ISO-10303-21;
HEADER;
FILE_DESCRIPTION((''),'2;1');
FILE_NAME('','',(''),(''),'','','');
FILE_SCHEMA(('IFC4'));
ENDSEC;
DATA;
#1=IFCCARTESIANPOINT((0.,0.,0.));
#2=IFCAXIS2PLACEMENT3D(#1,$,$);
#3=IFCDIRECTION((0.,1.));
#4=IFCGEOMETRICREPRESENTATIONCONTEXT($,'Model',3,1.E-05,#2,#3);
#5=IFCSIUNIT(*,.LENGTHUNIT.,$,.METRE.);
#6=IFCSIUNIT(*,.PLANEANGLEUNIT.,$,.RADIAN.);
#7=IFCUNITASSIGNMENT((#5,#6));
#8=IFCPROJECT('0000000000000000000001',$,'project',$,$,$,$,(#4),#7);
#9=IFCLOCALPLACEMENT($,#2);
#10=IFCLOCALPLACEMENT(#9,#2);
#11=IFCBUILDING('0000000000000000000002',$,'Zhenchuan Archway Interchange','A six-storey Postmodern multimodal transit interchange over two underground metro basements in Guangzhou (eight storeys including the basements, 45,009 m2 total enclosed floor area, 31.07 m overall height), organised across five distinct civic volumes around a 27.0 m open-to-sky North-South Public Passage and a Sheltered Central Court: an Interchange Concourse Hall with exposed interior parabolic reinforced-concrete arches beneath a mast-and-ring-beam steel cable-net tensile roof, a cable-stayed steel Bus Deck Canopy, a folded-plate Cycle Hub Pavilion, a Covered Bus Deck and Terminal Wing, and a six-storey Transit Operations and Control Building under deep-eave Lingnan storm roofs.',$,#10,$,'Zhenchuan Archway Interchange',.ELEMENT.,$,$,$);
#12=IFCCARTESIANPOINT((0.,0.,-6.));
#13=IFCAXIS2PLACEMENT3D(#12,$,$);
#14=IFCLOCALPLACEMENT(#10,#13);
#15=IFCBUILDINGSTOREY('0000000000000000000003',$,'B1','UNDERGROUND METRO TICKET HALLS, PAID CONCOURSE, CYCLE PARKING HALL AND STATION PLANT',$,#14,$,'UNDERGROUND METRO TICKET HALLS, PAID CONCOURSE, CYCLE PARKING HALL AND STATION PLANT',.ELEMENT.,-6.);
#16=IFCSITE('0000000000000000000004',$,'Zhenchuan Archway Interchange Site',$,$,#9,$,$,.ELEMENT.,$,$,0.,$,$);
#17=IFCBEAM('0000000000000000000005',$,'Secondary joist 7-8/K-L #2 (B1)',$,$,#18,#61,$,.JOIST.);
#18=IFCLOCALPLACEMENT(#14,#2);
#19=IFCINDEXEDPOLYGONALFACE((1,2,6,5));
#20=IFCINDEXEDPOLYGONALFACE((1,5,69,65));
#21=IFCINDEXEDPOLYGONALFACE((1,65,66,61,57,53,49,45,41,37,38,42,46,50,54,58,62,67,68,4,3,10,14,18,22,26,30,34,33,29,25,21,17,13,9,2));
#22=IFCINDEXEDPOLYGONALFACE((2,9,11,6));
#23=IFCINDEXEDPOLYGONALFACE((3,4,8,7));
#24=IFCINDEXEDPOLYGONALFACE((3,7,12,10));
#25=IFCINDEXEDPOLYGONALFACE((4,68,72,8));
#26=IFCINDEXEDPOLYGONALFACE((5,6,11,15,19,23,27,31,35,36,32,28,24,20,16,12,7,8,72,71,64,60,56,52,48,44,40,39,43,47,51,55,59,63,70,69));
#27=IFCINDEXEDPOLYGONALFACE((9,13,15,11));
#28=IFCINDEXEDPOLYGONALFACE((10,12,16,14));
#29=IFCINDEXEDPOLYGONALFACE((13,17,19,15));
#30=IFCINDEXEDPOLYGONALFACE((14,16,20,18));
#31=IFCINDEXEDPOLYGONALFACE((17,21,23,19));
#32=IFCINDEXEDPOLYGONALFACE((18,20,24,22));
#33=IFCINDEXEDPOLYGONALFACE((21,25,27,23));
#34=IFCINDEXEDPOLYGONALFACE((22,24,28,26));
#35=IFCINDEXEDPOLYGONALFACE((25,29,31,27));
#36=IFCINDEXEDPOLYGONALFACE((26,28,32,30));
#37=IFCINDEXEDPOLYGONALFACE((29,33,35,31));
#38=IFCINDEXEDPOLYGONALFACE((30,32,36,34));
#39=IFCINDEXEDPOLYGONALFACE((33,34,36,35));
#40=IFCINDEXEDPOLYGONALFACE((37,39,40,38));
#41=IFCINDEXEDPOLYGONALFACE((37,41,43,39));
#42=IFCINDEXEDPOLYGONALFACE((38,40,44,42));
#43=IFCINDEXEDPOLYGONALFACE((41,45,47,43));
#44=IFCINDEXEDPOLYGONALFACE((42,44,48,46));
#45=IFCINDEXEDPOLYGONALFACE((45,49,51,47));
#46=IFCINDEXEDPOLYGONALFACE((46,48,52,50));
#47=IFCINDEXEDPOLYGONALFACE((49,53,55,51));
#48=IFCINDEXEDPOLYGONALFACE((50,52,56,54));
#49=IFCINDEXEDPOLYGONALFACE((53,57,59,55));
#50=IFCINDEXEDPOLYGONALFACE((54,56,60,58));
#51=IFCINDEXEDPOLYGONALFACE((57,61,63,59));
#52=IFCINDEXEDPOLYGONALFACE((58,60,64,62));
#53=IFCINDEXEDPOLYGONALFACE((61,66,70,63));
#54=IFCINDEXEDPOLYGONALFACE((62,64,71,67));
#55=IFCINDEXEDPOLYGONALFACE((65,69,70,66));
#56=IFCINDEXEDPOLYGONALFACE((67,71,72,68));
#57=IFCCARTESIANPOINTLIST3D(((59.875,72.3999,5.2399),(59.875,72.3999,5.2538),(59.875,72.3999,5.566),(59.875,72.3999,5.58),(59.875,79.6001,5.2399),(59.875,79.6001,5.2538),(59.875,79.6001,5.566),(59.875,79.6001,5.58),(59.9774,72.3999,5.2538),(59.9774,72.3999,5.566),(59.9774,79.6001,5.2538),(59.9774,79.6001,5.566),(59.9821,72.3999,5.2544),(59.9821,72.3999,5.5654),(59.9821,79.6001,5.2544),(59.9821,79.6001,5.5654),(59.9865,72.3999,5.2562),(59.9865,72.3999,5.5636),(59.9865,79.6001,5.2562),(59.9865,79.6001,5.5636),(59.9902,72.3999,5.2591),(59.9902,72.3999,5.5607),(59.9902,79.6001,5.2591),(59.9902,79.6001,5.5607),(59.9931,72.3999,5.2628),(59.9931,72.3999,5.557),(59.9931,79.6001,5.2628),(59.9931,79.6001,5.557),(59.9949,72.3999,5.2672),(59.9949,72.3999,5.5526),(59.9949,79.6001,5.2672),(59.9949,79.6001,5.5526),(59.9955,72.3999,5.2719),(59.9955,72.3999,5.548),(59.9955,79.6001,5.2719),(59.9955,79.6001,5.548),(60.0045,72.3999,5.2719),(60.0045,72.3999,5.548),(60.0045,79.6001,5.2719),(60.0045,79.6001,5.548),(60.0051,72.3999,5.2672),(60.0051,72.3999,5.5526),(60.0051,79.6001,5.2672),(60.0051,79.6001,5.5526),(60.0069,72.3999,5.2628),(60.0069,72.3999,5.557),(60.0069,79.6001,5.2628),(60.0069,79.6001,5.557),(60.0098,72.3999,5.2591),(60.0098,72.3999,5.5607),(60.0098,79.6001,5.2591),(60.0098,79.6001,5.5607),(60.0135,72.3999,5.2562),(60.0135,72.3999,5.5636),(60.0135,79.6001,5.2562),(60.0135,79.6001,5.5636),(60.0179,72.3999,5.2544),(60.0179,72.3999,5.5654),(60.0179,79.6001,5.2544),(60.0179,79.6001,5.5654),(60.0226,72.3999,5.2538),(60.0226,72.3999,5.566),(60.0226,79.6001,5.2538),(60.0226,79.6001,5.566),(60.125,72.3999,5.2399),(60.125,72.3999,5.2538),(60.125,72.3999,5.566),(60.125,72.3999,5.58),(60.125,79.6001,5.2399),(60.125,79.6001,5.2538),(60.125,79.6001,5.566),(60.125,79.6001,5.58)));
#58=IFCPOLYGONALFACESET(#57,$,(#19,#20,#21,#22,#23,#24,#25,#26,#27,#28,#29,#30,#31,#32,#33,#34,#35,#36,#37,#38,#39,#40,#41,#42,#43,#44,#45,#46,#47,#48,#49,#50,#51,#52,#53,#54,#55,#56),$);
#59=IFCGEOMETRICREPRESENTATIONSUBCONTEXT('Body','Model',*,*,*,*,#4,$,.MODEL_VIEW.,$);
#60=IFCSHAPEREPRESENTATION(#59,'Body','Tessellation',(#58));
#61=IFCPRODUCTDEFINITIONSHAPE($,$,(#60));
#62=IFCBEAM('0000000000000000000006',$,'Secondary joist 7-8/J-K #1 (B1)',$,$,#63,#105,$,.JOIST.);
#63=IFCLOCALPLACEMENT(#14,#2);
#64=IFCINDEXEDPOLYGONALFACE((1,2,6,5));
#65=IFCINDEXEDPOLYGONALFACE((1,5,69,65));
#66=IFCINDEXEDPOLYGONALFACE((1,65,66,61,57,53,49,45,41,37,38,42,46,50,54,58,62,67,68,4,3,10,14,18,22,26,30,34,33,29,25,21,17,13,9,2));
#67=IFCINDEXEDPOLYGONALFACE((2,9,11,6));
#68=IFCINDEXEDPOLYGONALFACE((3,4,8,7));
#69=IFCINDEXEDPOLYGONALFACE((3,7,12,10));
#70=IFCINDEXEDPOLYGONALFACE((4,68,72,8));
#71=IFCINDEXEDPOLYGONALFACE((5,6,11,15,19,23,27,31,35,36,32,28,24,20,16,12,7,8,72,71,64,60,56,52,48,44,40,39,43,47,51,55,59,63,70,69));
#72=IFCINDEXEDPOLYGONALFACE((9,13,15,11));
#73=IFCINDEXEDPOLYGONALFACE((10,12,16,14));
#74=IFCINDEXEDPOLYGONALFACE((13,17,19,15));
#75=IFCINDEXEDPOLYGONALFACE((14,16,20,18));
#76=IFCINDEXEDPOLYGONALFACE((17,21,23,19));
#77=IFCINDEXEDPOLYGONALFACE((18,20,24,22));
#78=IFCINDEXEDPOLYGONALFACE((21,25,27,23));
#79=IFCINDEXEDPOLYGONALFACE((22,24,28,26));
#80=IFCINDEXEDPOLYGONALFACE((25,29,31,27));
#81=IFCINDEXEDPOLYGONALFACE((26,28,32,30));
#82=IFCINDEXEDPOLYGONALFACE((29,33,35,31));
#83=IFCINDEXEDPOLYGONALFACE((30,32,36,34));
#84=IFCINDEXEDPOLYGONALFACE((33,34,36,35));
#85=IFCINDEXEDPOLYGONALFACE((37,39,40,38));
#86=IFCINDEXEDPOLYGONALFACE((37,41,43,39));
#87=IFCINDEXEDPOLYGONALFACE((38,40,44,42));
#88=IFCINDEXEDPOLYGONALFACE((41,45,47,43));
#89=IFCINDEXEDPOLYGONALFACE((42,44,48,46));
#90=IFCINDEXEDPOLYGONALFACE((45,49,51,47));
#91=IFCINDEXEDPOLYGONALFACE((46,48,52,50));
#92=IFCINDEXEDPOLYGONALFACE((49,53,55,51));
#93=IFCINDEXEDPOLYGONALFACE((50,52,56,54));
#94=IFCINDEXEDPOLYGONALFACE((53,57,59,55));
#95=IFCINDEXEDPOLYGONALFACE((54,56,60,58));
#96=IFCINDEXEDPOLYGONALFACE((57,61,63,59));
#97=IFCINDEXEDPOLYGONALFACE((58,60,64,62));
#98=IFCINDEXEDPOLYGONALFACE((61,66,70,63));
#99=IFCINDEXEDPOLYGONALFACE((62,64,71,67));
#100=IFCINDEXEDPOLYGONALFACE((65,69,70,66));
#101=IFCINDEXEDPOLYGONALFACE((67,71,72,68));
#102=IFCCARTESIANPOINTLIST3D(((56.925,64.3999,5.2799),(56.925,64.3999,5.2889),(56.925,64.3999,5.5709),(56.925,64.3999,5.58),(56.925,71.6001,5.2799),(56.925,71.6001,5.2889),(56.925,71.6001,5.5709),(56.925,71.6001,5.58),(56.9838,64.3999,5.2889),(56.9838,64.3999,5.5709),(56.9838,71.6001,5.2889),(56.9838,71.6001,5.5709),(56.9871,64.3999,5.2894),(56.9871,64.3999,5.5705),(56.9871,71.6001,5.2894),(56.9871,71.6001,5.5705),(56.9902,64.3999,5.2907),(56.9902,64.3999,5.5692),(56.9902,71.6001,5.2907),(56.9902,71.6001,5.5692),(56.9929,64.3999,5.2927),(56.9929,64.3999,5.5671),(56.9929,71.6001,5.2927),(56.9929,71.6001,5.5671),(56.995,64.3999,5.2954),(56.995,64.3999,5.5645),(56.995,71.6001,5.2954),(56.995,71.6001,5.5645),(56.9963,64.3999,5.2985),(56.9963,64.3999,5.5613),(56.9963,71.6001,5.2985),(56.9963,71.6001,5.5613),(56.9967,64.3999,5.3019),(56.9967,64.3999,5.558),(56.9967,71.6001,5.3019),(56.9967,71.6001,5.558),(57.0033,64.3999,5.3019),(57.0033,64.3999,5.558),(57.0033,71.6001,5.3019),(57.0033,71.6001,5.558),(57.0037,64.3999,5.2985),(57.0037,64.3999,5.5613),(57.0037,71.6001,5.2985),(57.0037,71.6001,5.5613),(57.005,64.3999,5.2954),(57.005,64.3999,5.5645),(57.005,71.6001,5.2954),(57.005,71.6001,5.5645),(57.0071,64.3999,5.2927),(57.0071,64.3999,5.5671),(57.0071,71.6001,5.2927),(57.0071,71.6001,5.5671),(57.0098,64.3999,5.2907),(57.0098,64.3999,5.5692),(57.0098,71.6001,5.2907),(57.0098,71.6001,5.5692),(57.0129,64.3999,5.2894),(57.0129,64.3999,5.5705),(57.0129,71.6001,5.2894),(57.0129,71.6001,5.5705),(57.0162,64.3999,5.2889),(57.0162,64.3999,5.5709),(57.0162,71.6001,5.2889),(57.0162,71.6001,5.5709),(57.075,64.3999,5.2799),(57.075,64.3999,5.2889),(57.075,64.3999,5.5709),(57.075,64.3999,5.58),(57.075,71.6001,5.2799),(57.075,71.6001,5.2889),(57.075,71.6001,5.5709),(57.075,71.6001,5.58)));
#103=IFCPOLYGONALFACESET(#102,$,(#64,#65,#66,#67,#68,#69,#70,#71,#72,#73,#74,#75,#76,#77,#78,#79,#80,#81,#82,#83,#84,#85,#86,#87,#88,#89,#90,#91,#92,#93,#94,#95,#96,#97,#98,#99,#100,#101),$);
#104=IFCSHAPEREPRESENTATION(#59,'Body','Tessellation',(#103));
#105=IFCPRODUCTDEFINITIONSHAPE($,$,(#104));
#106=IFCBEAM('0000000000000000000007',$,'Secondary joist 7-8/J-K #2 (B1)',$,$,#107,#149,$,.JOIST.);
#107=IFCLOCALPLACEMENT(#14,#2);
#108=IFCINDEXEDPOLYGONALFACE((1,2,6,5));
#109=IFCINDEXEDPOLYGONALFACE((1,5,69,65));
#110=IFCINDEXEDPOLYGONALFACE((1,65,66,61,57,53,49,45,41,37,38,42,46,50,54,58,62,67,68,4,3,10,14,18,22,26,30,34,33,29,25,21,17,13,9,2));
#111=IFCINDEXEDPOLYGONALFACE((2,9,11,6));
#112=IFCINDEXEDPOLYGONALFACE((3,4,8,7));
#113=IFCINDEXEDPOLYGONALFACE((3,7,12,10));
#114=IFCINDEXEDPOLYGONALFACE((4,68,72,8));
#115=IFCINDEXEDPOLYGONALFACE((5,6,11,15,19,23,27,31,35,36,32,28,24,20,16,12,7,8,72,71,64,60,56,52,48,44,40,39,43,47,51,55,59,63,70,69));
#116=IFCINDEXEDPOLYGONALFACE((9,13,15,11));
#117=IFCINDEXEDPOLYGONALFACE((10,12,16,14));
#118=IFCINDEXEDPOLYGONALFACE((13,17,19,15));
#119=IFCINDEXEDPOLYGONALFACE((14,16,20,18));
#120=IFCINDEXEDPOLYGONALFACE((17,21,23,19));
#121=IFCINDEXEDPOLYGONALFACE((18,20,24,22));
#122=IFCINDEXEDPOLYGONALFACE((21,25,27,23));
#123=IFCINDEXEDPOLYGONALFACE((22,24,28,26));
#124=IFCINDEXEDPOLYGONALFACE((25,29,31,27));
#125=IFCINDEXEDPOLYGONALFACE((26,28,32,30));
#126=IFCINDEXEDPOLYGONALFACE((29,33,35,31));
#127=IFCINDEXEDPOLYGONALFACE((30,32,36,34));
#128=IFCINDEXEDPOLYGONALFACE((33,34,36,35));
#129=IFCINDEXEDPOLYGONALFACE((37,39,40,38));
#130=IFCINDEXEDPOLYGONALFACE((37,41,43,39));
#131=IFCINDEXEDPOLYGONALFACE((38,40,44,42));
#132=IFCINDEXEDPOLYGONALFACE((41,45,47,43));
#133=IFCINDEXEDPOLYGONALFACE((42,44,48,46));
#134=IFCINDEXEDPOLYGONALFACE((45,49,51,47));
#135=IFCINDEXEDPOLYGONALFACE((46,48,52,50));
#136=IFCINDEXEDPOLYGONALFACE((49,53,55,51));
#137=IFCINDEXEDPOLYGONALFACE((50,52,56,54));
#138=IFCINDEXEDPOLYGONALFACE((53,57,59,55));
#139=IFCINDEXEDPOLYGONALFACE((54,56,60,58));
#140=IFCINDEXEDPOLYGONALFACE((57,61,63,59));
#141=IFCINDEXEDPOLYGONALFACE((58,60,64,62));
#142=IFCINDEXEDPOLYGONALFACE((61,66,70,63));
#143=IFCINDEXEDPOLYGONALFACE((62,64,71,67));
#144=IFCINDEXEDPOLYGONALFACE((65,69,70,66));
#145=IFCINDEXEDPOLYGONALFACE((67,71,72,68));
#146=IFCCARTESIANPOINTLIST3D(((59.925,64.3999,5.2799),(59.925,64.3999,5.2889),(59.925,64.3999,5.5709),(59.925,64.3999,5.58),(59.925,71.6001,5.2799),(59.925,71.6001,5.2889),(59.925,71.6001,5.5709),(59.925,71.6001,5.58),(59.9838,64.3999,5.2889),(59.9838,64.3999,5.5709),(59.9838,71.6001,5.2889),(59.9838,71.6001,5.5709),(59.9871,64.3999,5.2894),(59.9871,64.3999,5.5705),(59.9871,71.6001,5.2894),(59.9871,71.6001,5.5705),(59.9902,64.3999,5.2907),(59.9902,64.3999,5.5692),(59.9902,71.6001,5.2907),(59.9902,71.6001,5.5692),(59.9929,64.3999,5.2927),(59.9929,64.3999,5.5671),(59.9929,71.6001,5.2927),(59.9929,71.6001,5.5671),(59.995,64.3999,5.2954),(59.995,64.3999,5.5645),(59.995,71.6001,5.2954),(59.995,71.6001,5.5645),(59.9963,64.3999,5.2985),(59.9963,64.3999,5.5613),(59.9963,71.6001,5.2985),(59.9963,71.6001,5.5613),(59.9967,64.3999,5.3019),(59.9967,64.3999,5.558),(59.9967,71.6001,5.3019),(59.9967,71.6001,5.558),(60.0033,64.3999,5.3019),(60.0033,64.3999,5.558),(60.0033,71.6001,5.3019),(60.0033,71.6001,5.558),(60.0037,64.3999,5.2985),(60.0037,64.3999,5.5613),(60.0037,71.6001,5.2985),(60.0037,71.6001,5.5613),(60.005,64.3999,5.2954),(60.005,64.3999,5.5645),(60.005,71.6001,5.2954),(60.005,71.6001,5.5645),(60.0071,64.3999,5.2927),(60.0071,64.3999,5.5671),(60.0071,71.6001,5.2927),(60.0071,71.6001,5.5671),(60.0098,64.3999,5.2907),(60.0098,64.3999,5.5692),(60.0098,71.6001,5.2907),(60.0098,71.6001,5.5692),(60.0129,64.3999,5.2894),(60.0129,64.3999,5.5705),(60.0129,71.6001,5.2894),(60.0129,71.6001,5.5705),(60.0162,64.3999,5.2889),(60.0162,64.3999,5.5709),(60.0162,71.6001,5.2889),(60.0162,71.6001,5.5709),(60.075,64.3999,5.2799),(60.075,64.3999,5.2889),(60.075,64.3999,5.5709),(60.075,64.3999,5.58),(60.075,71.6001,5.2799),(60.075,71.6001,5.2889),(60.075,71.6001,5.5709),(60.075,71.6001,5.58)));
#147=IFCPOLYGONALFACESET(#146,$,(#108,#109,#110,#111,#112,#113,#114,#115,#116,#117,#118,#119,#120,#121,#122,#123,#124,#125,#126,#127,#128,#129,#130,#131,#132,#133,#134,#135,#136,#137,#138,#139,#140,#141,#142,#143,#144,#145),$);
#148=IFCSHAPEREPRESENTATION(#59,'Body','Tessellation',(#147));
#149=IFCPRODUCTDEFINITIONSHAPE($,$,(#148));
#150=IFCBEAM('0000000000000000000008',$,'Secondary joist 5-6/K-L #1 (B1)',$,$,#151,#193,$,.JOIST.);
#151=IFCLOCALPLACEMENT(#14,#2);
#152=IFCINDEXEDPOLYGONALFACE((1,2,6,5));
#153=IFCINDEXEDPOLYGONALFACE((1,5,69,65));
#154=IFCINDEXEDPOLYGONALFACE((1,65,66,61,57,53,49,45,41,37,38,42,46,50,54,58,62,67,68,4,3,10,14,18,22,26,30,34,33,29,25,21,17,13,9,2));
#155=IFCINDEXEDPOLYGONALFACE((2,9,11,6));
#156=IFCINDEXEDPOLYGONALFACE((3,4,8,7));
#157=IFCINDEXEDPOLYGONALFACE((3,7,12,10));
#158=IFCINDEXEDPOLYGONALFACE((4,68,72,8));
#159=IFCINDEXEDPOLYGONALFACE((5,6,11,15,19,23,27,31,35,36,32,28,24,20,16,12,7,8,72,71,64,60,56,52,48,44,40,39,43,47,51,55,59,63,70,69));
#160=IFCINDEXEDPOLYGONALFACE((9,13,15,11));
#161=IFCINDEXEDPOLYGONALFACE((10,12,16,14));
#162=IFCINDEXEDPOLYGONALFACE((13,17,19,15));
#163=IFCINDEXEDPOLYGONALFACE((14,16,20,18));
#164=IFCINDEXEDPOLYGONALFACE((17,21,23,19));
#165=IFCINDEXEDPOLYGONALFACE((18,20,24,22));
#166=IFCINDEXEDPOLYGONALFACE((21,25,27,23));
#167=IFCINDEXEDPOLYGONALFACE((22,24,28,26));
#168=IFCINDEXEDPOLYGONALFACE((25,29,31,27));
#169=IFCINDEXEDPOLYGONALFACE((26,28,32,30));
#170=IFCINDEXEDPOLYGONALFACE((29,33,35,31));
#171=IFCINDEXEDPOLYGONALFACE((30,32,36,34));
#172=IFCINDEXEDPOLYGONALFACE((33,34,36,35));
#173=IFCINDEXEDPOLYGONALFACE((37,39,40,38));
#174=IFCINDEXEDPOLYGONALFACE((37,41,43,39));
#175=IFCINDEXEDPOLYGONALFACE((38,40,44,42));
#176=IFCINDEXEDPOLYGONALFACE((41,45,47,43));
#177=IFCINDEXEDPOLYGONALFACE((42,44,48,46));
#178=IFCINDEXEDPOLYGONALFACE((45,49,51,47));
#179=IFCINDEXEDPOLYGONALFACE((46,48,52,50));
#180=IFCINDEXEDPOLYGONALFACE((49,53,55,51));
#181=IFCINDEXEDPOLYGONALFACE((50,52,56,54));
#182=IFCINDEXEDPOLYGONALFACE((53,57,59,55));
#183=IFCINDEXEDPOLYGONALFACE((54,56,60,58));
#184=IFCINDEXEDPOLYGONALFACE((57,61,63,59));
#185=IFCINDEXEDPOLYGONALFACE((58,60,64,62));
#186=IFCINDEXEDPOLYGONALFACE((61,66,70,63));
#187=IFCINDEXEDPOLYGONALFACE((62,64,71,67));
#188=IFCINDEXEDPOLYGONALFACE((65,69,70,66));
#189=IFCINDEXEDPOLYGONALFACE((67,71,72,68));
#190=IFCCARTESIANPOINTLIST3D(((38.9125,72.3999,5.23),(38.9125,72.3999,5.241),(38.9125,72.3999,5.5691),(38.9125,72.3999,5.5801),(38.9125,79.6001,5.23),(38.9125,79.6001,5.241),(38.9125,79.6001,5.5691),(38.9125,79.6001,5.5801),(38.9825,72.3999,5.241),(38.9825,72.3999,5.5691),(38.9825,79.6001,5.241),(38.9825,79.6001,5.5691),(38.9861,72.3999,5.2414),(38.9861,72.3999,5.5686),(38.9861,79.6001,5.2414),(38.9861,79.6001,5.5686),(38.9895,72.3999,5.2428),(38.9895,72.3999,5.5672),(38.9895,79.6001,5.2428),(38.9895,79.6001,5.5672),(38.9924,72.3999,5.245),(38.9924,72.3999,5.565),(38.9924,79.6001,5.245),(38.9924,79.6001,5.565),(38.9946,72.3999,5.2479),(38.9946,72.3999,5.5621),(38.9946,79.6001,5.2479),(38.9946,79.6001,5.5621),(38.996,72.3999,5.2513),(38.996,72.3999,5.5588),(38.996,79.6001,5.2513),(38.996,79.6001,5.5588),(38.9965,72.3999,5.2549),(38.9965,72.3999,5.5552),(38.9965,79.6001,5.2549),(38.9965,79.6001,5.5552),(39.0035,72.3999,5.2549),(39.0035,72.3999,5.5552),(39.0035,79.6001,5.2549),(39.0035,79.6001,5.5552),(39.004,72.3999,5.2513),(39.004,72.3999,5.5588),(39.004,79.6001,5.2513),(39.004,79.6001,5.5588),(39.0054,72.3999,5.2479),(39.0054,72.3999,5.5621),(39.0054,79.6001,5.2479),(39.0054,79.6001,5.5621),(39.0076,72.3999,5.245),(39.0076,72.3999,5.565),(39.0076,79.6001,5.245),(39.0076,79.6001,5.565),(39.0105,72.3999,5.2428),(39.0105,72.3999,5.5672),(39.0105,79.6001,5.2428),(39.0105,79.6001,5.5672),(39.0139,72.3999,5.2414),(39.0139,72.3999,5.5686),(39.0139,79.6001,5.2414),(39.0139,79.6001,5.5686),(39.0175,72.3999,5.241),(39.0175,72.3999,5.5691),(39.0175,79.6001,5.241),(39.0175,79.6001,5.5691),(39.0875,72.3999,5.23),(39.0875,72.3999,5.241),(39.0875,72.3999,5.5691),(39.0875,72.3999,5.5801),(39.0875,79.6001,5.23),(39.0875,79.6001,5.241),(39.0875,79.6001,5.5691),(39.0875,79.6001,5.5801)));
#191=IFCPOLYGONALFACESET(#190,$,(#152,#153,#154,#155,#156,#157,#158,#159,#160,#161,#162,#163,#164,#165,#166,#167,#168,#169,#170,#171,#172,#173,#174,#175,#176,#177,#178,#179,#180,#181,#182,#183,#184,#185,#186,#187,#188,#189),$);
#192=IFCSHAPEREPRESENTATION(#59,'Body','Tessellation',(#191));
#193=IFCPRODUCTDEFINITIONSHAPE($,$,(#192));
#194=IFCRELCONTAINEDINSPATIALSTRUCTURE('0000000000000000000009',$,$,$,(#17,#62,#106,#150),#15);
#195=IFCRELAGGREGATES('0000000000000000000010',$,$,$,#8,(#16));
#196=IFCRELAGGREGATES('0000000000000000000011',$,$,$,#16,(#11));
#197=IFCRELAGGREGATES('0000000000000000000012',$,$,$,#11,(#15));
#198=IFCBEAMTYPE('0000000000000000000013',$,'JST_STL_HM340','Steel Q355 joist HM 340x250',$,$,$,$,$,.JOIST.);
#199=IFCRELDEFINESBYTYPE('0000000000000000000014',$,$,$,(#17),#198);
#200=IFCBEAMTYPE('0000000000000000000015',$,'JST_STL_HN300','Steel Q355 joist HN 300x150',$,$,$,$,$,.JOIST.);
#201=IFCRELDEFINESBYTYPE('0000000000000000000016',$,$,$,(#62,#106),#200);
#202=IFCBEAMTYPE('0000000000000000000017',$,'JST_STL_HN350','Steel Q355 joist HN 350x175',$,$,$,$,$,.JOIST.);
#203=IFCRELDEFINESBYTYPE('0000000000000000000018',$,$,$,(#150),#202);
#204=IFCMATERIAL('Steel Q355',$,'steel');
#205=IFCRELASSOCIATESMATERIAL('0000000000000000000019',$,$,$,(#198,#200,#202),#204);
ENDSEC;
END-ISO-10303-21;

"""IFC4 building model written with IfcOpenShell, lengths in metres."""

from ifc_helpers import new_model, si_unit, direction, frame, origin, origin_2d, place, context, subcontext, project, spatial, i_section, extrude, material, material_profile, profile_set, type_object, element, save


model = new_model("IFC4")

# Units and contexts
model_context = context("Model", 3, precision=1e-05, world=origin(), true_north=direction((0.0, 1.0)))
body_context = subcontext(model_context, "Body", "Model", "MODEL_VIEW")
ifc_project = project(units=[si_unit("LENGTHUNIT", "METRE"), si_unit("PLANEANGLEUNIT", "RADIAN")], contexts=[model_context])

# Site, building, storey
site_placement = place(None, origin())
site = spatial("IfcSite", under=ifc_project, at=site_placement, Name="Zhenchuan Archway Interchange Site", CompositionType="ELEMENT", RefElevation=0.0)
building_placement = place(site_placement, origin())
building = spatial("IfcBuilding", under=site, at=building_placement, Name="Zhenchuan Archway Interchange", Description="A six-storey Postmodern multimodal transit interchange over two underground metro basements in Guangzhou (eight storeys including the basements, 45,009 m2 total enclosed floor area, 31.07 m overall height), organised across five distinct civic volumes around a 27.0 m open-to-sky North-South Public Passage and a Sheltered Central Court: an Interchange Concourse Hall with exposed interior parabolic reinforced-concrete arches beneath a mast-and-ring-beam steel cable-net tensile roof, a cable-stayed steel Bus Deck Canopy, a folded-plate Cycle Hub Pavilion, a Covered Bus Deck and Terminal Wing, and a six-storey Transit Operations and Control Building under deep-eave Lingnan storm roofs.", LongName="Zhenchuan Archway Interchange", CompositionType="ELEMENT")
storey_placement = place(building_placement, frame((0.0, 0.0, -6.0)))
storey = spatial("IfcBuildingStorey", under=building, at=storey_placement, Name="B1", Description="UNDERGROUND METRO TICKET HALLS, PAID CONCOURSE, CYCLE PARKING HALL AND STATION PLANT", LongName="UNDERGROUND METRO TICKET HALLS, PAID CONCOURSE, CYCLE PARKING HALL AND STATION PLANT", CompositionType="ELEMENT", Elevation=-6.0)

# Beams
ifc_material_1 = material(Name="Steel Q355", Category="steel")
ifc_material_profile_1 = material_profile(ifc_material_1, i_section(OverallWidth=0.25, OverallDepth=0.3401, WebThickness=0.009, FlangeThickness=0.0139, FilletRadius=0.0181, at=origin_2d()), Name="HM 340x250")
ifc_profile_set_1 = profile_set([ifc_material_profile_1], Name="Steel Q355")
beam_type_1 = type_object("IfcBeamType", Name="JST_STL_HM340", Description="Steel Q355 joist HM 340x250", PredefinedType="JOIST", material=ifc_profile_set_1)
beam_1_placement = place(storey_placement, frame((60.0, 72.3999, 5.4099), z_axis=(0.0, 1.0, 0.0), x_axis=(-1.0, 0.0, 0.0)))
element("IfcBeam", 1, at=beam_1_placement, inside=storey, type_object=beam_type_1, Name="Secondary joist 7-8/K-L #2 (B1)", PredefinedType="JOIST", context=body_context, shape_type="SweptSolid", body=[
    extrude(i_section(OverallWidth=0.25, OverallDepth=0.3401, WebThickness=0.009, FlangeThickness=0.0139, FilletRadius=0.0181, at=origin_2d()), origin(), (0.0, 0.0, 1.0), 7.2002),
])
ifc_material_profile_2 = material_profile(ifc_material_1, i_section(OverallWidth=0.1499, OverallDepth=0.3, WebThickness=0.0066, FlangeThickness=0.009, FilletRadius=0.0129, at=origin_2d()), Name="HN 300x150")
ifc_profile_set_2 = profile_set([ifc_material_profile_2], Name="Steel Q355")
beam_type_2 = type_object("IfcBeamType", Name="JST_STL_HN300", Description="Steel Q355 joist HN 300x150", PredefinedType="JOIST", material=ifc_profile_set_2)
for number, where, z_axis, x_axis, name in (
    (2, (57.0, 64.3999, 5.4299), (0.0, 1.0, 0.0), (-1.0, 0.0, 0.0), "Secondary joist 7-8/J-K #1 (B1)"),
    (3, (60.0, 64.3999, 5.4299), (0.0, 1.0, 0.0), (-1.0, 0.0, 0.0), "Secondary joist 7-8/J-K #2 (B1)"),
):
    element("IfcBeam", number, at=place(storey_placement, frame(where, z_axis=z_axis, x_axis=x_axis)), inside=storey, type_object=beam_type_2, Name=name, PredefinedType="JOIST", context=body_context, shape_type="SweptSolid", body=[
        extrude(i_section(OverallWidth=0.1499, OverallDepth=0.3, WebThickness=0.0066, FlangeThickness=0.009, FilletRadius=0.0129, at=origin_2d()), origin(), (0.0, 0.0, 1.0), 7.2002),
    ])
ifc_material_profile_3 = material_profile(ifc_material_1, i_section(OverallWidth=0.175, OverallDepth=0.3501, WebThickness=0.0071, FlangeThickness=0.011, FilletRadius=0.0139, at=origin_2d()), Name="HN 350x175")
ifc_profile_set_3 = profile_set([ifc_material_profile_3], Name="Steel Q355")
beam_type_3 = type_object("IfcBeamType", Name="JST_STL_HN350", Description="Steel Q355 joist HN 350x175", PredefinedType="JOIST", material=ifc_profile_set_3)
for number, where, z_axis, x_axis, name in (
    (4, (39.0, 72.3999, 5.405), (0.0, 1.0, 0.0), (-1.0, 0.0, 0.0), "Secondary joist 5-6/K-L #1 (B1)"),
):
    element("IfcBeam", number, at=place(storey_placement, frame(where, z_axis=z_axis, x_axis=x_axis)), inside=storey, type_object=beam_type_3, Name=name, PredefinedType="JOIST", context=body_context, shape_type="SweptSolid", body=[
        extrude(i_section(OverallWidth=0.175, OverallDepth=0.3501, WebThickness=0.0071, FlangeThickness=0.011, FilletRadius=0.0139, at=origin_2d()), origin(), (0.0, 0.0, 1.0), 7.2002),
    ])

save(model, "model.ifc")
